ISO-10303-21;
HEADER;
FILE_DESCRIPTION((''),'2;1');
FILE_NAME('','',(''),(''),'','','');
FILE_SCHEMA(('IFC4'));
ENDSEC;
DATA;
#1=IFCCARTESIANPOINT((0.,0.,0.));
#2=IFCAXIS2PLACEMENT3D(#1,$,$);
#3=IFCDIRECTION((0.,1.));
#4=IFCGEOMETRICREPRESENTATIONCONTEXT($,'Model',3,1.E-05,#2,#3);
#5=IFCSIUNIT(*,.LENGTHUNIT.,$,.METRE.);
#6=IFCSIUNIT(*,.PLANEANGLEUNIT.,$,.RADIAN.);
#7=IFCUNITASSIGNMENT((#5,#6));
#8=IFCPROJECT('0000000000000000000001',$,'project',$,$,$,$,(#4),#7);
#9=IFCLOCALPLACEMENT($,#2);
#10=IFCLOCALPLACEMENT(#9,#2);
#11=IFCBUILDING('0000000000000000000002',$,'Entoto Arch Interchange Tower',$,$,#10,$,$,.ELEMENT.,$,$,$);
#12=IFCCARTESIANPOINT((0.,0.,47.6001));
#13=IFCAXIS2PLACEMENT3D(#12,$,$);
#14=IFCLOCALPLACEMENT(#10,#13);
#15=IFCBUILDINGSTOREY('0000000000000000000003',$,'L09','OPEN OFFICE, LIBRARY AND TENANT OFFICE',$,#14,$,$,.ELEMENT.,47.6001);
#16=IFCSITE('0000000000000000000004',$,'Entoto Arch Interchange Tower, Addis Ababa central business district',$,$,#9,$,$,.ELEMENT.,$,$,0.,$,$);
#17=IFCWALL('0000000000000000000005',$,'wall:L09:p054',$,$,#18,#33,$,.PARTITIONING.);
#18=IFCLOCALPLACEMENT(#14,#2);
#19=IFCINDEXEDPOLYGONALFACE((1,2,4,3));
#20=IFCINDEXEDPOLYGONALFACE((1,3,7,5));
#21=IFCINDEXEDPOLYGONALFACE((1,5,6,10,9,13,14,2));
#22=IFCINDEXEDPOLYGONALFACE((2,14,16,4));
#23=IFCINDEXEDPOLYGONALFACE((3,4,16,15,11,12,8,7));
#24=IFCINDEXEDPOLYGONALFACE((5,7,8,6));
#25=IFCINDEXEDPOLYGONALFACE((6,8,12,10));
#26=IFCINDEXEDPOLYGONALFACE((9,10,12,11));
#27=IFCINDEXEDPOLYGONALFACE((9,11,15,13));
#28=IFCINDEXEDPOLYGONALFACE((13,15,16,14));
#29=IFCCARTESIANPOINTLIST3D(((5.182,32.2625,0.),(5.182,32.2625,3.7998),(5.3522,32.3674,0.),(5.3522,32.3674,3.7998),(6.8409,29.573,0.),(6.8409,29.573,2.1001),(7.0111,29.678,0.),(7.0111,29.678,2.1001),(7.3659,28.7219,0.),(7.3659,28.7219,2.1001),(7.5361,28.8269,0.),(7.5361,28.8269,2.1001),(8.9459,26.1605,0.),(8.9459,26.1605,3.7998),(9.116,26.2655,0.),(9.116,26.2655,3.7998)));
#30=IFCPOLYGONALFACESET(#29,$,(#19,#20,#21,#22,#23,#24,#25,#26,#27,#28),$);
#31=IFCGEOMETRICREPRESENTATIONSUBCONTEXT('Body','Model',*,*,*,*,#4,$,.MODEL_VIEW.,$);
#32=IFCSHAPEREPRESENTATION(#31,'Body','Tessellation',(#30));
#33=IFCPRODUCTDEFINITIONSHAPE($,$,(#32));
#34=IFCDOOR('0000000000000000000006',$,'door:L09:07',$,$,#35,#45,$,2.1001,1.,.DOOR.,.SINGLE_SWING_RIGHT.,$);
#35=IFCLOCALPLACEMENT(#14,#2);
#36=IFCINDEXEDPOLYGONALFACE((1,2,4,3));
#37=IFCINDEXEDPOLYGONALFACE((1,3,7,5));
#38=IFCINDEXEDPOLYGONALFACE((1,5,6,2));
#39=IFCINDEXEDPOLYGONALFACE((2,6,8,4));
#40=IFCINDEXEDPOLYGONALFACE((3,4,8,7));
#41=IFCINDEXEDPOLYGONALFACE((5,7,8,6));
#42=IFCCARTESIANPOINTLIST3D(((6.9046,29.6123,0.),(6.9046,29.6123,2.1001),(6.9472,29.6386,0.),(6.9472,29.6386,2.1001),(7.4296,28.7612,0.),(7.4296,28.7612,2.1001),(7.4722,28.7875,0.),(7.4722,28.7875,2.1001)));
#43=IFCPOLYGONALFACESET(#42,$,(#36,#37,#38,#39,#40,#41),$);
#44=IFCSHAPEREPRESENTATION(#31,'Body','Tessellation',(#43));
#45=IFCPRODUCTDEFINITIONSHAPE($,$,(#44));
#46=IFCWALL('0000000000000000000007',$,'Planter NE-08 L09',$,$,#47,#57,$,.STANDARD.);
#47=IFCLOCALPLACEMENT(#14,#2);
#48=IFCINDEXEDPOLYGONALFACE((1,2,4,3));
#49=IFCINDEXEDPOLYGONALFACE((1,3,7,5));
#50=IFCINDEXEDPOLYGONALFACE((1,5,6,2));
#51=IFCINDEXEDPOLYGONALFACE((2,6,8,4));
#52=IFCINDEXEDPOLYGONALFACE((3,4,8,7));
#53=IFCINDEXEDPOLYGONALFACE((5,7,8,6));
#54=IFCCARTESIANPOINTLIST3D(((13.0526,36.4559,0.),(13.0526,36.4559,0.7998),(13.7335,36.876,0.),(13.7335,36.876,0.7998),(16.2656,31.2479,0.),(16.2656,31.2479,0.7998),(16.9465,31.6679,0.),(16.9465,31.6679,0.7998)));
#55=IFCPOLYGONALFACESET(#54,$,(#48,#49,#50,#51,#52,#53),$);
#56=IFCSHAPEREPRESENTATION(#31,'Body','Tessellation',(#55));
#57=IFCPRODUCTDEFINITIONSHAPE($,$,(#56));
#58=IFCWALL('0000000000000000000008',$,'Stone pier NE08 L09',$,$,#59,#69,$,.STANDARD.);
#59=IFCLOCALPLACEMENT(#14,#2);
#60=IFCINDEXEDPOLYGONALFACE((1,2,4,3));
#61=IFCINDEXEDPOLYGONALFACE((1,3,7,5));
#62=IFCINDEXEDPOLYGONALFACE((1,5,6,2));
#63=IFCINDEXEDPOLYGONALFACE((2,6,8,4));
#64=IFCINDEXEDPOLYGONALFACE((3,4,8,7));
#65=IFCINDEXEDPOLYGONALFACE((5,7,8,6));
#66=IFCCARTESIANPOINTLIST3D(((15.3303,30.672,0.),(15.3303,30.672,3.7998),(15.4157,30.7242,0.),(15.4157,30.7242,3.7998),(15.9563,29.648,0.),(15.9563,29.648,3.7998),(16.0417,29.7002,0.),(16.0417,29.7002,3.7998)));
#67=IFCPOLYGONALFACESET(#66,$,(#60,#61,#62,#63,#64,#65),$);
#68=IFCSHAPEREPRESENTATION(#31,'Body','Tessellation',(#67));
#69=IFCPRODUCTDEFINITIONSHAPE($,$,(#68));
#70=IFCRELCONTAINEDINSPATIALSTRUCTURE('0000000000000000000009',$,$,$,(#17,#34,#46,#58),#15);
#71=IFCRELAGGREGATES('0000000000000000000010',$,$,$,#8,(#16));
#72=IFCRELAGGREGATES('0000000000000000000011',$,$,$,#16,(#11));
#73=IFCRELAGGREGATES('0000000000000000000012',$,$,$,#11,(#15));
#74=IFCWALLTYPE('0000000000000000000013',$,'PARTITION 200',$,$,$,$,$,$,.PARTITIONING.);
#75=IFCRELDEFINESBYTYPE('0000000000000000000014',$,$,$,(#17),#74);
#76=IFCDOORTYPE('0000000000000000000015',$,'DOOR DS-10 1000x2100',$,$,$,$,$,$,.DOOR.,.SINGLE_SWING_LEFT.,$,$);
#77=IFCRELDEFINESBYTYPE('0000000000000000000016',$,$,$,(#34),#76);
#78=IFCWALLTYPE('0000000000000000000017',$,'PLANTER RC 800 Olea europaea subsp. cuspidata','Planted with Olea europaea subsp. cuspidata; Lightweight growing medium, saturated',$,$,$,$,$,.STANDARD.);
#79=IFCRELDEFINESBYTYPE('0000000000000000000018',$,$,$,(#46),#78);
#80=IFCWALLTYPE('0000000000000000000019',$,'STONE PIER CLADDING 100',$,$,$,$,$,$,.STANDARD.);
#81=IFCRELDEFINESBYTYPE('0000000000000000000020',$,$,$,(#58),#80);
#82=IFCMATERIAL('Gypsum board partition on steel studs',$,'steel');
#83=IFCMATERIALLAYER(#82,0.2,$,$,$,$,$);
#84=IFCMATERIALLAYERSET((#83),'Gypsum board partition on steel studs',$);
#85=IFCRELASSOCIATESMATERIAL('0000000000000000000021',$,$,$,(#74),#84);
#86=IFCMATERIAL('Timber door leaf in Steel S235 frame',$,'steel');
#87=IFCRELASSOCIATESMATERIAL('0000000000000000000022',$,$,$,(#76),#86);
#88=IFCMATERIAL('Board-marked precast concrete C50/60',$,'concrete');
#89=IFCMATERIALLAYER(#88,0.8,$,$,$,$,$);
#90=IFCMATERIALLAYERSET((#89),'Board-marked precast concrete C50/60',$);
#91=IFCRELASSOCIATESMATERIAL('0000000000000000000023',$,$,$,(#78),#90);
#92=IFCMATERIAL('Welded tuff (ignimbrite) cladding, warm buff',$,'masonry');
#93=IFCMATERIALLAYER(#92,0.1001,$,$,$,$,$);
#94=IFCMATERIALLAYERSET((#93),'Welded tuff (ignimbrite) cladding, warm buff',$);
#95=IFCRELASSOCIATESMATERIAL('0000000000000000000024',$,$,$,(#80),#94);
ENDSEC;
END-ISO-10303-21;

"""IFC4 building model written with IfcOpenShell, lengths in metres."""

from ifc_helpers import new_model, si_unit, direction, frame, frame_2d, origin, place, context, subcontext, project, spatial, rectangle, extrude, material, layer, layer_set, type_object, element, fill, save


model = new_model("IFC4")

# Units and contexts
model_context = context("Model", 3, precision=1e-05, world=origin(), true_north=direction((0.0, 1.0)))
body_context = subcontext(model_context, "Body", "Model", "MODEL_VIEW")
ifc_project = project(units=[si_unit("LENGTHUNIT", "METRE"), si_unit("PLANEANGLEUNIT", "RADIAN")], contexts=[model_context])

# Site, building, storey
site_placement = place(None, origin())
site = spatial("IfcSite", under=ifc_project, at=site_placement, Name="Entoto Arch Interchange Tower, Addis Ababa central business district", CompositionType="ELEMENT", RefElevation=0.0)
building_placement = place(site_placement, origin())
building = spatial("IfcBuilding", under=site, at=building_placement, Name="Entoto Arch Interchange Tower", CompositionType="ELEMENT")
storey_placement = place(building_placement, frame((0.0, 0.0, 47.6001)))
storey = spatial("IfcBuildingStorey", under=building, at=storey_placement, Name="L09", Description="OPEN OFFICE, LIBRARY AND TENANT OFFICE", CompositionType="ELEMENT", Elevation=47.6001)

# Shared definitions
ifc_material_1 = material(Name="Gypsum board partition on steel studs", Category="steel")
ifc_layer_1 = layer(ifc_material_1, 0.2)
ifc_layer_set_1 = layer_set([ifc_layer_1], Name="Gypsum board partition on steel studs")
wall_type_1 = type_object("IfcWallType", Name="PARTITION 200", PredefinedType="PARTITIONING", material=ifc_layer_set_1)

# Shared definitions
ifc_material_2 = material(Name="Timber door leaf in Steel S235 frame", Category="steel")
door_type_1 = type_object("IfcDoorType", Name="DOOR DS-10 1000x2100", OperationType="SINGLE_SWING_LEFT", PredefinedType="DOOR", material=ifc_material_2)

# Wall, opening, door
wall_1_placement = place(storey_placement, frame((5.2671, 32.3149, 0.0), z_axis=(0.0, 0.0, 1.0), x_axis=(0.524988, -0.85111, 0.0)))
wall_1 = element("IfcWall", 1, at=wall_1_placement, inside=storey, type_object=wall_type_1, Name="wall:L09:p054", PredefinedType="PARTITIONING", context=body_context, shape_type="SweptSolid", body=[
    extrude(rectangle(XDim=7.1694, YDim=0.2, at=frame_2d((3.5847, 0.0))), origin(), (0.0, 0.0, 1.0), 3.7998),
])
opening_1_placement = place(wall_1_placement, frame((3.1599, 0.0, 0.0)))
opening_1 = element("IfcOpeningElement", 2, at=opening_1_placement, cuts=wall_1, PredefinedType="OPENING", context=body_context, shape_type="SweptSolid", body=[
    extrude(rectangle(XDim=1.0, YDim=2.1001, at=frame_2d((0.5, 1.05))), frame((0.0, 0.1099, 0.0), z_axis=(0.0, -1.0, 0.0), x_axis=(1.0, 0.0, 0.0)), (0.0, 0.0, 1.0), 0.22),
])
door_1_placement = place(opening_1_placement, origin())
door_1 = element("IfcDoor", 3, at=door_1_placement, inside=storey, type_object=door_type_1, Name="door:L09:07", OperationType="SINGLE_SWING_RIGHT", OverallHeight=2.1001, OverallWidth=1.0, PredefinedType="DOOR", context=body_context, shape_type="SweptSolid", body=[
    extrude(rectangle(XDim=1.0, YDim=2.1001, at=frame_2d((0.5, 1.05))), frame((0.0, 0.0249, 0.0), z_axis=(0.0, -1.0, 0.0), x_axis=(1.0, 0.0, 0.0)), (0.0, 0.0, 1.0), 0.05),
])
fill(opening_1, door_1)

# Wall
ifc_material_3 = material(Name="Board-marked precast concrete C50/60", Category="concrete")
ifc_layer_2 = layer(ifc_material_3, 0.8)
ifc_layer_set_2 = layer_set([ifc_layer_2], Name="Board-marked precast concrete C50/60")
wall_type_2 = type_object("IfcWallType", Name="PLANTER RC 800 Olea europaea subsp. cuspidata", Description="Planted with Olea europaea subsp. cuspidata; Lightweight growing medium, saturated", PredefinedType="STANDARD", material=ifc_layer_set_2)
wall_2_placement = place(storey_placement, frame((16.606, 31.458, 0.0), z_axis=(0.0, 0.0, 1.0), x_axis=(-0.525041, 0.851077, 0.0)))
element("IfcWall", 4, at=wall_2_placement, inside=storey, type_object=wall_type_2, Name="Planter NE-08 L09", PredefinedType="STANDARD", context=body_context, shape_type="SweptSolid", body=[
    extrude(rectangle(XDim=6.1194, YDim=0.8, at=frame_2d((3.0596, 0.0))), origin(), (0.0, 0.0, 1.0), 0.7998),
])

# Shared definitions
ifc_material_4 = material(Name="Welded tuff (ignimbrite) cladding, warm buff", Category="masonry")

# Wall
ifc_layer_3 = layer(ifc_material_4, 0.1001)
ifc_layer_set_3 = layer_set([ifc_layer_3], Name="Welded tuff (ignimbrite) cladding, warm buff")
wall_type_3 = type_object("IfcWallType", Name="STONE PIER CLADDING 100", PredefinedType="STANDARD", material=ifc_layer_set_3)
wall_3_placement = place(storey_placement, frame((15.999, 29.6741, 0.0), z_axis=(0.0, 0.0, 1.0), x_axis=(-0.521598, 0.853191, 0.0)))
element("IfcWall", 5, at=wall_3_placement, inside=storey, type_object=wall_type_3, Name="Stone pier NE08 L09", PredefinedType="STANDARD", context=body_context, shape_type="SweptSolid", body=[
    extrude(rectangle(XDim=1.2002, YDim=0.1001, at=frame_2d((0.6001, 0.0))), origin(), (0.0, 0.0, 1.0), 3.7998),
])

save(model, "model.ifc")
